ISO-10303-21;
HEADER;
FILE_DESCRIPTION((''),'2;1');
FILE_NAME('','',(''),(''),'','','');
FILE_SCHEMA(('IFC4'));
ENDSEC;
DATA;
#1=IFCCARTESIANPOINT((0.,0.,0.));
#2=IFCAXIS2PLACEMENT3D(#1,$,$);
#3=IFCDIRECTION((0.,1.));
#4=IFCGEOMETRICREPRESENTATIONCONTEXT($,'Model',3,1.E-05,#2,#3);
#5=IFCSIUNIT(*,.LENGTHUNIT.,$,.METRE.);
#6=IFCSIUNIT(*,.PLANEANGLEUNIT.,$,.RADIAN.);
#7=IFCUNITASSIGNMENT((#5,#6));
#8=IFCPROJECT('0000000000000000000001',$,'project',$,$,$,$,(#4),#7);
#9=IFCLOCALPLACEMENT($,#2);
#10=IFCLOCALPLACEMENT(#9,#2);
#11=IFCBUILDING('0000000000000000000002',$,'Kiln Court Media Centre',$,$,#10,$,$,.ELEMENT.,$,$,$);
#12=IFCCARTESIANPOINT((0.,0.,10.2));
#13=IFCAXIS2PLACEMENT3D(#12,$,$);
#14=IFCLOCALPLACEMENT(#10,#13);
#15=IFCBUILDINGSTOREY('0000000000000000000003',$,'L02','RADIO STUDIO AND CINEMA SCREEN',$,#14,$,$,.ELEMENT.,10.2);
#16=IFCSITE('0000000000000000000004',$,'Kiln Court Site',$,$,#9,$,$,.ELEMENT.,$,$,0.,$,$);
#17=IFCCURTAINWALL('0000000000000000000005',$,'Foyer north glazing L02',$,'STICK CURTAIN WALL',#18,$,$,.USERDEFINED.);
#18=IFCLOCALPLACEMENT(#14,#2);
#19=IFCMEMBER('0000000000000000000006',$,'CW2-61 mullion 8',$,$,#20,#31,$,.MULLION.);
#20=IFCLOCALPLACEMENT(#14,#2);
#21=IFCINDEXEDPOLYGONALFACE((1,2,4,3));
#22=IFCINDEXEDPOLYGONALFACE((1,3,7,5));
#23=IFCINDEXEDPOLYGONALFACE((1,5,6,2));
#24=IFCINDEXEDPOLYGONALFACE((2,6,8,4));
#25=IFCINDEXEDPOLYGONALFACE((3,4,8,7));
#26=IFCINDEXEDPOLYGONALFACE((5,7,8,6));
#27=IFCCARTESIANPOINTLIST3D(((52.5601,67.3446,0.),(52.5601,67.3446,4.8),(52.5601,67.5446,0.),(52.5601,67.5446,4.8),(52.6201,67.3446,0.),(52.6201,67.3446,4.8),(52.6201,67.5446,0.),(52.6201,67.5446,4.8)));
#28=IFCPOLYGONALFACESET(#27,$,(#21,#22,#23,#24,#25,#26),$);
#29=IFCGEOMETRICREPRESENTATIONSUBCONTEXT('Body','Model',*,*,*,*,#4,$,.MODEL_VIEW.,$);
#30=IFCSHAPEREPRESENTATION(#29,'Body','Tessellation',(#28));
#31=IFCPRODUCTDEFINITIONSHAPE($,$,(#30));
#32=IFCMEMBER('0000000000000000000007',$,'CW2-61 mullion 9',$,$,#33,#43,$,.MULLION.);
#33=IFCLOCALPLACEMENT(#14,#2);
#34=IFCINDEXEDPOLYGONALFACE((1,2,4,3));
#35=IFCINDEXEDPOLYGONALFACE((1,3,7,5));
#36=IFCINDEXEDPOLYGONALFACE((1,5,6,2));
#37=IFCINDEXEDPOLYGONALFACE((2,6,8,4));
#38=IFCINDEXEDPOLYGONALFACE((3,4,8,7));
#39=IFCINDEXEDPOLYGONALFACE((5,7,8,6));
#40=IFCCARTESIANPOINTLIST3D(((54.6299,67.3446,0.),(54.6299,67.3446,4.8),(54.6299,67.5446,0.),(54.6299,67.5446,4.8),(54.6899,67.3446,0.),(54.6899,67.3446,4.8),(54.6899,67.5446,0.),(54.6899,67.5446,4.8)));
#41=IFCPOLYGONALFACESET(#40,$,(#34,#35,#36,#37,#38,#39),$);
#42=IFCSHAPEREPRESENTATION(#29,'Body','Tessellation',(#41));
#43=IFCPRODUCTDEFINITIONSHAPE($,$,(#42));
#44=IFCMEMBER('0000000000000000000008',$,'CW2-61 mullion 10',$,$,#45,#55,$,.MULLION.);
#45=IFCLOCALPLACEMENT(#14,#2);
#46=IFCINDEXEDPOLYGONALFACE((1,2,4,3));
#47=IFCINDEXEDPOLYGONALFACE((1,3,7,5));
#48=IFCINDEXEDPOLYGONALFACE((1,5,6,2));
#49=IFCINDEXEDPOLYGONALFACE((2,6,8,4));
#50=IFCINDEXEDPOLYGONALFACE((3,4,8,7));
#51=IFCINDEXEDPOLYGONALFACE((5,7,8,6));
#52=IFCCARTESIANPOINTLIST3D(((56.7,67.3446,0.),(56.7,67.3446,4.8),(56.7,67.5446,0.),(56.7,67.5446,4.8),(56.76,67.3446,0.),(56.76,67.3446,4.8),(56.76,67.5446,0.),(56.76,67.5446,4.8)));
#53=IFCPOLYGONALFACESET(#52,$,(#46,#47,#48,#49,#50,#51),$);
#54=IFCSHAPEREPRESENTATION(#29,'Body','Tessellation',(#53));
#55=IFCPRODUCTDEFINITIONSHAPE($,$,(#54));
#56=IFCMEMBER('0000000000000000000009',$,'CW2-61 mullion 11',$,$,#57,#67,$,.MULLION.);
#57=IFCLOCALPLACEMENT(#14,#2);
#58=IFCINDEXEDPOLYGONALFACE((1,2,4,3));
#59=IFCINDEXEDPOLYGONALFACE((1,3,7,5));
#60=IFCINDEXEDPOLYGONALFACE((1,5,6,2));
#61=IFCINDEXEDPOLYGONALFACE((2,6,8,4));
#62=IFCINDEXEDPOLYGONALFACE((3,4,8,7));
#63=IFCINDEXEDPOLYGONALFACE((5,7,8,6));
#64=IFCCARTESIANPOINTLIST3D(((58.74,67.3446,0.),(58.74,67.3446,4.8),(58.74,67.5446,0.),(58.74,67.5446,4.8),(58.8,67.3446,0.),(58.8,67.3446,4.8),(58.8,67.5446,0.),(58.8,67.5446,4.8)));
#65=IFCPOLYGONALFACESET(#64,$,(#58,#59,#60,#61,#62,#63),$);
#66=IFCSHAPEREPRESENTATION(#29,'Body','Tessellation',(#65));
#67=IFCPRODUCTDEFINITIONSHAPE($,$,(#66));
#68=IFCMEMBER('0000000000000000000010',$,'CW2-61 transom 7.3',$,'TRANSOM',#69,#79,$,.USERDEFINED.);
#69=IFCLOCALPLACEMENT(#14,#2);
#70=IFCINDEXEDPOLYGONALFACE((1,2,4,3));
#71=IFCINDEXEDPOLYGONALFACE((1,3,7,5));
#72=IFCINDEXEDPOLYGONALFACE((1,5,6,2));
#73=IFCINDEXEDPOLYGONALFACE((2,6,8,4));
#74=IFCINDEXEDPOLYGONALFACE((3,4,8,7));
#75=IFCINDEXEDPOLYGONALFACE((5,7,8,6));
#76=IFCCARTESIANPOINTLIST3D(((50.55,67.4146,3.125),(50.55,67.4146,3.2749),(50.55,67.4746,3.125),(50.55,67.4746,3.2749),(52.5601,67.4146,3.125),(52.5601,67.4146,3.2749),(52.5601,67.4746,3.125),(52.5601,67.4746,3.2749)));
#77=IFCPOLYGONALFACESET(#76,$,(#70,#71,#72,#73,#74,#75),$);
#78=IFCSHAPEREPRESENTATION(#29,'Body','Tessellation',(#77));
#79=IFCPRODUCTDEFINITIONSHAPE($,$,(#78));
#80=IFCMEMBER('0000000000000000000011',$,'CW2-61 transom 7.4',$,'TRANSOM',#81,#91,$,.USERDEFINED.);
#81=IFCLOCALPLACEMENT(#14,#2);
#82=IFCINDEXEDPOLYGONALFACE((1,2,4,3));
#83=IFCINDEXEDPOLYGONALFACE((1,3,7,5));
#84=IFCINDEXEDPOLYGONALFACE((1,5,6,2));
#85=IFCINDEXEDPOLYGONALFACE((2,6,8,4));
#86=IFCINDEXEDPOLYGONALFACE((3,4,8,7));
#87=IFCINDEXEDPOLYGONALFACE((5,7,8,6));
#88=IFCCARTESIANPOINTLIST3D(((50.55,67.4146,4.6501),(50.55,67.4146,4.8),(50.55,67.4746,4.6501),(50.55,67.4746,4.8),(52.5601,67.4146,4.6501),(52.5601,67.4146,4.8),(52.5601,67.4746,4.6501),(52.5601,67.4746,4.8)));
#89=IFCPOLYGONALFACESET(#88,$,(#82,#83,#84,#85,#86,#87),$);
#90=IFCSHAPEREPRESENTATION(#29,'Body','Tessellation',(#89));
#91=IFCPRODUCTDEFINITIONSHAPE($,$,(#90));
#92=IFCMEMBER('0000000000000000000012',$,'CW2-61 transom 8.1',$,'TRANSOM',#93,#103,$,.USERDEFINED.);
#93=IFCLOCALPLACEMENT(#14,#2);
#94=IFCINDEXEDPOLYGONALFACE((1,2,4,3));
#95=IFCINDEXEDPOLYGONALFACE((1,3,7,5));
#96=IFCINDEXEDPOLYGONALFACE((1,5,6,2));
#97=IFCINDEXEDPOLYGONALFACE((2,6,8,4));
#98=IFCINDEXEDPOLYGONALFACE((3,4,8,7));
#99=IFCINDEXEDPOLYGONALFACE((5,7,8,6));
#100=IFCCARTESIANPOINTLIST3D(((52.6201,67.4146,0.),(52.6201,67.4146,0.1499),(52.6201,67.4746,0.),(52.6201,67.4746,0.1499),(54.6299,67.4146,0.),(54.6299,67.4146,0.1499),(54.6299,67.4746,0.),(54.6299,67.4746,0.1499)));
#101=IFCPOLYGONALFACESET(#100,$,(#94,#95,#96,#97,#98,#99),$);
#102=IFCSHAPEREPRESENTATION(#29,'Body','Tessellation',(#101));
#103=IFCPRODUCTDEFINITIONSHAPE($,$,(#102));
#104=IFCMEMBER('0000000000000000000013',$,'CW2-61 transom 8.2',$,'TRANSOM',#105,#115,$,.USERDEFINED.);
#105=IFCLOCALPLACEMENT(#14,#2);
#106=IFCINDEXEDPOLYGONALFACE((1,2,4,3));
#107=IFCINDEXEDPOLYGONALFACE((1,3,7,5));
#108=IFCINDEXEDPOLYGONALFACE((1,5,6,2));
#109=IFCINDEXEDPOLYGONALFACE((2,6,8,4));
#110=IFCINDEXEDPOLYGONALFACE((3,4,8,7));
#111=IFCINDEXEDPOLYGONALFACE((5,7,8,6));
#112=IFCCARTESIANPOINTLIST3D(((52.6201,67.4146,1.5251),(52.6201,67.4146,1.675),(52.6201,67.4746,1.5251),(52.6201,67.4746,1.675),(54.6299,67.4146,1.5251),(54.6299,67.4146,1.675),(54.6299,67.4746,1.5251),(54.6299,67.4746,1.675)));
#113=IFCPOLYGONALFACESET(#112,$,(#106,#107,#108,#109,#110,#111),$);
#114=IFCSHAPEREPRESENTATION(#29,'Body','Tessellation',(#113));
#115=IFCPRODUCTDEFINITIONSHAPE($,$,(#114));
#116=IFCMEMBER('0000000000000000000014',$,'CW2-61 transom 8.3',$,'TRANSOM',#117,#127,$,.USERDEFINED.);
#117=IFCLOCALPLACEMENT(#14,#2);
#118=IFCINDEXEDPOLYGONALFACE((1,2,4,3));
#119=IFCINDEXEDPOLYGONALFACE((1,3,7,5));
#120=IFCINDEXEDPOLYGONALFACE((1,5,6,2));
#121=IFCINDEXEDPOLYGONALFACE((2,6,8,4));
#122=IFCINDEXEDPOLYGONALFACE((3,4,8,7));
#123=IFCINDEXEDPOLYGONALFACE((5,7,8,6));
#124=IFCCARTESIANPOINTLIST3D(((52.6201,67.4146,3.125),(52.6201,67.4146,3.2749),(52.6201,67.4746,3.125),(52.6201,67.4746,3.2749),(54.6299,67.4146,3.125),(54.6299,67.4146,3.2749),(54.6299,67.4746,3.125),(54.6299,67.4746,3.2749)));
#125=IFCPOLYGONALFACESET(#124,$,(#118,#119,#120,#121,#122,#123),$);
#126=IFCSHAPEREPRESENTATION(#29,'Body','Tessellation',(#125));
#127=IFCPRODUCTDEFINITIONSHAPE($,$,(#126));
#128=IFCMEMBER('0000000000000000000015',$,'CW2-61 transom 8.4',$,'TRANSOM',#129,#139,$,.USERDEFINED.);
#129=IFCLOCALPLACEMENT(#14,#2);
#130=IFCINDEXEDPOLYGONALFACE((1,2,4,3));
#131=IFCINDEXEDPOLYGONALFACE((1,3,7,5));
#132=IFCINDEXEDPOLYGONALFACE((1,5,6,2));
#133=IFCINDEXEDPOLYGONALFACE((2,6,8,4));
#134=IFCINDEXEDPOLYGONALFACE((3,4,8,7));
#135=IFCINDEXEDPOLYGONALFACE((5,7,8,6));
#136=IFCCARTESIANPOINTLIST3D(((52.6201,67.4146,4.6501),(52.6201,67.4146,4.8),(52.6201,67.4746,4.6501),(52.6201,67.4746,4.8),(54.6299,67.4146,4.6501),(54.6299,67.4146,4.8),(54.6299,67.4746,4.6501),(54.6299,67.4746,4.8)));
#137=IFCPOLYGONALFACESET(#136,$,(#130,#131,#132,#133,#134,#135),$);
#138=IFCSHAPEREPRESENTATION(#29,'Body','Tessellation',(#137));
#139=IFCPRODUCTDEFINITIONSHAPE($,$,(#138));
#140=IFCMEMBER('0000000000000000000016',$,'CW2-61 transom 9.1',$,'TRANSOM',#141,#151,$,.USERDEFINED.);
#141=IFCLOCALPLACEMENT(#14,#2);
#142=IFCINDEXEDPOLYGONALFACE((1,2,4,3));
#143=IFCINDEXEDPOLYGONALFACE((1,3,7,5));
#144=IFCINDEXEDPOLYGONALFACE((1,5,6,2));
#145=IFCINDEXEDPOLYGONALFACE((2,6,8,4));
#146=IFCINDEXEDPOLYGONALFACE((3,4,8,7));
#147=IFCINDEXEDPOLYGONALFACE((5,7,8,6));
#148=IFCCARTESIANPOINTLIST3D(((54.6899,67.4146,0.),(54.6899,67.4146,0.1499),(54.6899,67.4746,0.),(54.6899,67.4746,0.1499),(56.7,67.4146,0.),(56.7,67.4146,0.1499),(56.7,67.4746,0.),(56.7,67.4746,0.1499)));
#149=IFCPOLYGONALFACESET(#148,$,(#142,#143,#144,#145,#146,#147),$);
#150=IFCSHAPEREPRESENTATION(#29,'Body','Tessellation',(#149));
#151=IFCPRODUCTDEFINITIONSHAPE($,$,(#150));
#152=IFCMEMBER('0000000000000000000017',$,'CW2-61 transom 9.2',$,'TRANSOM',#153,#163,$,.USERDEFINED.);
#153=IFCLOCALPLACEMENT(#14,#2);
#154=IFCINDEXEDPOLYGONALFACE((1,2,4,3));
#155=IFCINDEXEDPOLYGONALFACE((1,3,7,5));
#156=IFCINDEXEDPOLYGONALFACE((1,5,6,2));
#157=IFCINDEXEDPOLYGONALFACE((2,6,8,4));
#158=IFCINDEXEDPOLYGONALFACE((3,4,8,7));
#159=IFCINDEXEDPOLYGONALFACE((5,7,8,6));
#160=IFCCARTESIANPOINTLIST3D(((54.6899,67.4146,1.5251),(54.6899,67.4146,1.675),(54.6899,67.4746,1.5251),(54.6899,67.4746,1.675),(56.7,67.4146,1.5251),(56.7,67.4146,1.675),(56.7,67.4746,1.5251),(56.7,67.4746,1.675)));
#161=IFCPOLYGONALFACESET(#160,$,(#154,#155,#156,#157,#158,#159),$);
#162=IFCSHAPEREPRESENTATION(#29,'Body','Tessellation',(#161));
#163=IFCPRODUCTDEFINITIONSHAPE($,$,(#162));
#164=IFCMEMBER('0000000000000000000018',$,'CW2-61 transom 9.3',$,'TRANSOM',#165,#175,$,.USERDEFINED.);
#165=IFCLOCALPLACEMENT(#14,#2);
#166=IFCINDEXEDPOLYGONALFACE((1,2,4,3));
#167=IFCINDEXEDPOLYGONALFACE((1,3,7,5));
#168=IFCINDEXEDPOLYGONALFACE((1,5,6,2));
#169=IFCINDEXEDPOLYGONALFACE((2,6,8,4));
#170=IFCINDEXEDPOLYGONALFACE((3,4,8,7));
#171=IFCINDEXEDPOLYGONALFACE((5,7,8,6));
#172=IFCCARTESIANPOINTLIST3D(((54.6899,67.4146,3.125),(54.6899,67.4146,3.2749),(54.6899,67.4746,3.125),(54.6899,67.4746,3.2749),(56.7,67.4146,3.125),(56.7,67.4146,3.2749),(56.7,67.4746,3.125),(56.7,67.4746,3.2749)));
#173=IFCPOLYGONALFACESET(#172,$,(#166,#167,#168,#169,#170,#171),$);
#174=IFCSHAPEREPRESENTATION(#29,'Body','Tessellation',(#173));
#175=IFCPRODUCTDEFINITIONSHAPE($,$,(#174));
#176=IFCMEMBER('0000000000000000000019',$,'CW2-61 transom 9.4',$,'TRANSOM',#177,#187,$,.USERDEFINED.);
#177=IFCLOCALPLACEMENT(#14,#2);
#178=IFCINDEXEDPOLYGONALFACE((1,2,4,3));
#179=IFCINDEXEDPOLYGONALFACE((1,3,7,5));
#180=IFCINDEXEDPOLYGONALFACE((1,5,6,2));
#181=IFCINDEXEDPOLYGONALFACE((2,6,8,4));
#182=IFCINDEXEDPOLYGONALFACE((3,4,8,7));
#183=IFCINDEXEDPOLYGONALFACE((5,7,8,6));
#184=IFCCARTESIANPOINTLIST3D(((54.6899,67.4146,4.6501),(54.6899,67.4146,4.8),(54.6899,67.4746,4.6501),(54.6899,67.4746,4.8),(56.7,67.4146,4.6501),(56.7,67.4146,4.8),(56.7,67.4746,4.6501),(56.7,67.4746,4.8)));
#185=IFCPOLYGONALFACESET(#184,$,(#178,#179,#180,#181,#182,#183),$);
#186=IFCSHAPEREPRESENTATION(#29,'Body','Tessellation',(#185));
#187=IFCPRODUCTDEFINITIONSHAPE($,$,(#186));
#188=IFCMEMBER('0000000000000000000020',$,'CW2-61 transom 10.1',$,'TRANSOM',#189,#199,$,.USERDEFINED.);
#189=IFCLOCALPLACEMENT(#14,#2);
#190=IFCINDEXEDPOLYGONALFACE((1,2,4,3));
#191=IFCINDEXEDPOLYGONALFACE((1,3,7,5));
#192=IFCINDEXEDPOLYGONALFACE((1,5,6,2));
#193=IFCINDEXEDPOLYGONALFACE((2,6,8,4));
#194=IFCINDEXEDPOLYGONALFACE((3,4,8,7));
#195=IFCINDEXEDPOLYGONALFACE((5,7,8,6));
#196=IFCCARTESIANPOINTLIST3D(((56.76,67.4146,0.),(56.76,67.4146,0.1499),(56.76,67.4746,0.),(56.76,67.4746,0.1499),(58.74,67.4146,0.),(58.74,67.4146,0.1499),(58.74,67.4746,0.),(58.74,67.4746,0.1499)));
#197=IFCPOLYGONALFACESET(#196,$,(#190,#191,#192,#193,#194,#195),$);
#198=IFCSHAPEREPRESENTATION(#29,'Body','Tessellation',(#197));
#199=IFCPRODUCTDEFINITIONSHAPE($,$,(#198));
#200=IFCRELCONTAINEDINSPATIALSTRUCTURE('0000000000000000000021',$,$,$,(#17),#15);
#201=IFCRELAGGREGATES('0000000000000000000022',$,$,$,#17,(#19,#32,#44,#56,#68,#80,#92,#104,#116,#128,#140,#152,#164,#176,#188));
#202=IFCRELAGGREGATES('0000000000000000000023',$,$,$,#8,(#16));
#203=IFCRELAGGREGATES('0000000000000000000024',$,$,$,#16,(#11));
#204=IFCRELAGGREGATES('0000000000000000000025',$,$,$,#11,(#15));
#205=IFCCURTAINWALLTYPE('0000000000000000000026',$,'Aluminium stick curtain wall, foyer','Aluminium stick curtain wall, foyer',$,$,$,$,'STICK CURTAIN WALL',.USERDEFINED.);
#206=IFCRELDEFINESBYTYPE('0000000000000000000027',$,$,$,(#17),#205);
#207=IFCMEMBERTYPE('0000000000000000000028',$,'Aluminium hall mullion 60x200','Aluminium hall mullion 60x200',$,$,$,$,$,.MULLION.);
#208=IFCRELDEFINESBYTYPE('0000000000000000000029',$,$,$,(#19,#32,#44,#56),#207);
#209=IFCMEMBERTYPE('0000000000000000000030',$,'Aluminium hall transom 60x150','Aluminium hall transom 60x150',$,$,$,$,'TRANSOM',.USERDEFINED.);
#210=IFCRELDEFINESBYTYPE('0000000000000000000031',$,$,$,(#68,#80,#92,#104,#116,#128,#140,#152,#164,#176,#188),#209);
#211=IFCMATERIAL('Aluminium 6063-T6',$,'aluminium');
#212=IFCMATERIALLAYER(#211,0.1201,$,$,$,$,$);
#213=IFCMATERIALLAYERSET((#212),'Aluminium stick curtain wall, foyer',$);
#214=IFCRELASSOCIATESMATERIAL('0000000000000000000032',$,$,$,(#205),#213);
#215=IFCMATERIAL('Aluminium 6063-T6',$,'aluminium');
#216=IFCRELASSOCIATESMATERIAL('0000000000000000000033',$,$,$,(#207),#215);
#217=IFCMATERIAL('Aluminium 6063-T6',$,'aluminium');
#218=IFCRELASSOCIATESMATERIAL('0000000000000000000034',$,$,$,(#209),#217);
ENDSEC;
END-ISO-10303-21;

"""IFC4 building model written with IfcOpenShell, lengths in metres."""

from ifc_helpers import new_model, si_unit, direction, frame, origin, origin_2d, place, context, subcontext, project, spatial, rectangle, extrude, material, layer, layer_set, material_profile, profile_set, type_object, element, aggregate, save


model = new_model("IFC4")

# Units and contexts
model_context = context("Model", 3, precision=1e-05, world=origin(), true_north=direction((0.0, 1.0)))
body_context = subcontext(model_context, "Body", "Model", "MODEL_VIEW")
ifc_project = project(units=[si_unit("LENGTHUNIT", "METRE"), si_unit("PLANEANGLEUNIT", "RADIAN")], contexts=[model_context])

# Site, building, storey
site_placement = place(None, origin())
site = spatial("IfcSite", under=ifc_project, at=site_placement, Name="Kiln Court Site", CompositionType="ELEMENT", RefElevation=0.0)
building_placement = place(site_placement, origin())
building = spatial("IfcBuilding", under=site, at=building_placement, Name="Kiln Court Media Centre", CompositionType="ELEMENT")
storey_placement = place(building_placement, frame((0.0, 0.0, 10.2)))
storey = spatial("IfcBuildingStorey", under=building, at=storey_placement, Name="L02", Description="RADIO STUDIO AND CINEMA SCREEN", CompositionType="ELEMENT", Elevation=10.2)

# Curtain wall, members
ifc_material_1 = material(Name="Aluminium 6063-T6", Category="aluminium")
ifc_layer_1 = layer(ifc_material_1, 0.1201)
ifc_layer_set_1 = layer_set([ifc_layer_1], Name="Aluminium stick curtain wall, foyer")
curtain_wall_type = type_object("IfcCurtainWallType", Name="Aluminium stick curtain wall, foyer", Description="Aluminium stick curtain wall, foyer", ElementType="STICK CURTAIN WALL", PredefinedType="USERDEFINED", material=ifc_layer_set_1)
curtain_wall_placement = place(storey_placement, origin())
curtain_wall = element("IfcCurtainWall", 1, at=curtain_wall_placement, inside=storey, type_object=curtain_wall_type, Name="Foyer north glazing L02", ObjectType="STICK CURTAIN WALL", PredefinedType="USERDEFINED")
ifc_material_2 = material(Name="Aluminium 6063-T6", Category="aluminium")
ifc_material_profile_1 = material_profile(ifc_material_2, rectangle(XDim=0.0601, YDim=0.2, at=origin_2d()), Name="Aluminium hall mullion 60x200")
ifc_profile_set_1 = profile_set([ifc_material_profile_1], Name="Aluminium 6063-T6")
member_type_1 = type_object("IfcMemberType", Name="Aluminium hall mullion 60x200", Description="Aluminium hall mullion 60x200", PredefinedType="MULLION", material=ifc_profile_set_1)
member_1_placement = place(storey_placement, frame((52.5901, 67.4446, 0.0), z_axis=(0.0, 0.0, 1.0), x_axis=(1.0, 0.0, 0.0)))
member_1 = element("IfcMember", 2, at=member_1_placement, type_object=member_type_1, Name="CW2-61 mullion 8", PredefinedType="MULLION", context=body_context, shape_type="SweptSolid", body=[
    extrude(rectangle(XDim=0.0601, YDim=0.2, at=origin_2d()), origin(), (0.0, 0.0, 1.0), 4.8),
])
member_2_placement = place(storey_placement, frame((54.6599, 67.4446, 0.0), z_axis=(0.0, 0.0, 1.0), x_axis=(1.0, 0.0, 0.0)))
member_2 = element("IfcMember", 3, at=member_2_placement, type_object=member_type_1, Name="CW2-61 mullion 9", PredefinedType="MULLION", context=body_context, shape_type="SweptSolid", body=[
    extrude(rectangle(XDim=0.0601, YDim=0.2, at=origin_2d()), origin(), (0.0, 0.0, 1.0), 4.8),
])
member_3_placement = place(storey_placement, frame((56.73, 67.4446, 0.0), z_axis=(0.0, 0.0, 1.0), x_axis=(1.0, 0.0, 0.0)))
member_3 = element("IfcMember", 4, at=member_3_placement, type_object=member_type_1, Name="CW2-61 mullion 10", PredefinedType="MULLION", context=body_context, shape_type="SweptSolid", body=[
    extrude(rectangle(XDim=0.0601, YDim=0.2, at=origin_2d()), origin(), (0.0, 0.0, 1.0), 4.8),
])
member_4_placement = place(storey_placement, frame((58.77, 67.4446, 0.0), z_axis=(0.0, 0.0, 1.0), x_axis=(1.0, 0.0, 0.0)))
member_4 = element("IfcMember", 5, at=member_4_placement, type_object=member_type_1, Name="CW2-61 mullion 11", PredefinedType="MULLION", context=body_context, shape_type="SweptSolid", body=[
    extrude(rectangle(XDim=0.0601, YDim=0.2, at=origin_2d()), origin(), (0.0, 0.0, 1.0), 4.8),
])
ifc_material_3 = material(Name="Aluminium 6063-T6", Category="aluminium")
ifc_material_profile_2 = material_profile(ifc_material_3, rectangle(XDim=0.0601, YDim=0.1499, at=origin_2d()), Name="Aluminium hall transom 60x150")
ifc_profile_set_2 = profile_set([ifc_material_profile_2], Name="Aluminium 6063-T6")
member_type_2 = type_object("IfcMemberType", Name="Aluminium hall transom 60x150", Description="Aluminium hall transom 60x150", ElementType="TRANSOM", PredefinedType="USERDEFINED", material=ifc_profile_set_2)
member_5_placement = place(storey_placement, frame((50.55, 67.4446, 3.2), z_axis=(1.0, 0.0, 0.0), x_axis=(0.0, 1.0, 0.0)))
member_5 = element("IfcMember", 6, at=member_5_placement, type_object=member_type_2, Name="CW2-61 transom 7.3", ObjectType="TRANSOM", PredefinedType="USERDEFINED", context=body_context, shape_type="SweptSolid", body=[
    extrude(rectangle(XDim=0.0601, YDim=0.1499, at=origin_2d()), origin(), (0.0, 0.0, 1.0), 2.01),
])
member_6_placement = place(storey_placement, frame((50.55, 67.4446, 4.7251), z_axis=(1.0, 0.0, 0.0), x_axis=(0.0, 1.0, 0.0)))
member_6 = element("IfcMember", 7, at=member_6_placement, type_object=member_type_2, Name="CW2-61 transom 7.4", ObjectType="TRANSOM", PredefinedType="USERDEFINED", context=body_context, shape_type="SweptSolid", body=[
    extrude(rectangle(XDim=0.0601, YDim=0.1499, at=origin_2d()), origin(), (0.0, 0.0, 1.0), 2.01),
])
member_7_placement = place(storey_placement, frame((52.6201, 67.4446, 0.075), z_axis=(1.0, 0.0, 0.0), x_axis=(0.0, 1.0, 0.0)))
member_7 = element("IfcMember", 8, at=member_7_placement, type_object=member_type_2, Name="CW2-61 transom 8.1", ObjectType="TRANSOM", PredefinedType="USERDEFINED", context=body_context, shape_type="SweptSolid", body=[
    extrude(rectangle(XDim=0.0601, YDim=0.1499, at=origin_2d()), origin(), (0.0, 0.0, 1.0), 2.0098),
])
member_8_placement = place(storey_placement, frame((52.6201, 67.4446, 1.6001), z_axis=(1.0, 0.0, 0.0), x_axis=(0.0, 1.0, 0.0)))
member_8 = element("IfcMember", 9, at=member_8_placement, type_object=member_type_2, Name="CW2-61 transom 8.2", ObjectType="TRANSOM", PredefinedType="USERDEFINED", context=body_context, shape_type="SweptSolid", body=[
    extrude(rectangle(XDim=0.0601, YDim=0.1499, at=origin_2d()), origin(), (0.0, 0.0, 1.0), 2.0098),
])
member_9_placement = place(storey_placement, frame((52.6201, 67.4446, 3.2), z_axis=(1.0, 0.0, 0.0), x_axis=(0.0, 1.0, 0.0)))
member_9 = element("IfcMember", 10, at=member_9_placement, type_object=member_type_2, Name="CW2-61 transom 8.3", ObjectType="TRANSOM", PredefinedType="USERDEFINED", context=body_context, shape_type="SweptSolid", body=[
    extrude(rectangle(XDim=0.0601, YDim=0.1499, at=origin_2d()), origin(), (0.0, 0.0, 1.0), 2.0098),
])
member_10_placement = place(storey_placement, frame((52.6201, 67.4446, 4.7251), z_axis=(1.0, 0.0, 0.0), x_axis=(0.0, 1.0, 0.0)))
member_10 = element("IfcMember", 11, at=member_10_placement, type_object=member_type_2, Name="CW2-61 transom 8.4", ObjectType="TRANSOM", PredefinedType="USERDEFINED", context=body_context, shape_type="SweptSolid", body=[
    extrude(rectangle(XDim=0.0601, YDim=0.1499, at=origin_2d()), origin(), (0.0, 0.0, 1.0), 2.0098),
])
member_11_placement = place(storey_placement, frame((54.6899, 67.4446, 0.075), z_axis=(1.0, 0.0, 0.0), x_axis=(0.0, 1.0, 0.0)))
member_11 = element("IfcMember", 12, at=member_11_placement, type_object=member_type_2, Name="CW2-61 transom 9.1", ObjectType="TRANSOM", PredefinedType="USERDEFINED", context=body_context, shape_type="SweptSolid", body=[
    extrude(rectangle(XDim=0.0601, YDim=0.1499, at=origin_2d()), origin(), (0.0, 0.0, 1.0), 2.01),
])
member_12_placement = place(storey_placement, frame((54.6899, 67.4446, 1.6001), z_axis=(1.0, 0.0, 0.0), x_axis=(0.0, 1.0, 0.0)))
member_12 = element("IfcMember", 13, at=member_12_placement, type_object=member_type_2, Name="CW2-61 transom 9.2", ObjectType="TRANSOM", PredefinedType="USERDEFINED", context=body_context, shape_type="SweptSolid", body=[
    extrude(rectangle(XDim=0.0601, YDim=0.1499, at=origin_2d()), origin(), (0.0, 0.0, 1.0), 2.01),
])
member_13_placement = place(storey_placement, frame((54.6899, 67.4446, 3.2), z_axis=(1.0, 0.0, 0.0), x_axis=(0.0, 1.0, 0.0)))
member_13 = element("IfcMember", 14, at=member_13_placement, type_object=member_type_2, Name="CW2-61 transom 9.3", ObjectType="TRANSOM", PredefinedType="USERDEFINED", context=body_context, shape_type="SweptSolid", body=[
    extrude(rectangle(XDim=0.0601, YDim=0.1499, at=origin_2d()), origin(), (0.0, 0.0, 1.0), 2.01),
])
member_14_placement = place(storey_placement, frame((54.6899, 67.4446, 4.7251), z_axis=(1.0, 0.0, 0.0), x_axis=(0.0, 1.0, 0.0)))
member_14 = element("IfcMember", 15, at=member_14_placement, type_object=member_type_2, Name="CW2-61 transom 9.4", ObjectType="TRANSOM", PredefinedType="USERDEFINED", context=body_context, shape_type="SweptSolid", body=[
    extrude(rectangle(XDim=0.0601, YDim=0.1499, at=origin_2d()), origin(), (0.0, 0.0, 1.0), 2.01),
])
member_15_placement = place(storey_placement, frame((56.76, 67.4446, 0.075), z_axis=(1.0, 0.0, 0.0), x_axis=(0.0, 1.0, 0.0)))
member_15 = element("IfcMember", 16, at=member_15_placement, type_object=member_type_2, Name="CW2-61 transom 10.1", ObjectType="TRANSOM", PredefinedType="USERDEFINED", context=body_context, shape_type="SweptSolid", body=[
    extrude(rectangle(XDim=0.0601, YDim=0.1499, at=origin_2d()), origin(), (0.0, 0.0, 1.0), 1.98),
])

aggregate(curtain_wall, [member_1, member_2, member_3, member_4, member_5, member_6, member_7, member_8, member_9, member_10, member_11, member_12, member_13, member_14, member_15])

save(model, "model.ifc")
